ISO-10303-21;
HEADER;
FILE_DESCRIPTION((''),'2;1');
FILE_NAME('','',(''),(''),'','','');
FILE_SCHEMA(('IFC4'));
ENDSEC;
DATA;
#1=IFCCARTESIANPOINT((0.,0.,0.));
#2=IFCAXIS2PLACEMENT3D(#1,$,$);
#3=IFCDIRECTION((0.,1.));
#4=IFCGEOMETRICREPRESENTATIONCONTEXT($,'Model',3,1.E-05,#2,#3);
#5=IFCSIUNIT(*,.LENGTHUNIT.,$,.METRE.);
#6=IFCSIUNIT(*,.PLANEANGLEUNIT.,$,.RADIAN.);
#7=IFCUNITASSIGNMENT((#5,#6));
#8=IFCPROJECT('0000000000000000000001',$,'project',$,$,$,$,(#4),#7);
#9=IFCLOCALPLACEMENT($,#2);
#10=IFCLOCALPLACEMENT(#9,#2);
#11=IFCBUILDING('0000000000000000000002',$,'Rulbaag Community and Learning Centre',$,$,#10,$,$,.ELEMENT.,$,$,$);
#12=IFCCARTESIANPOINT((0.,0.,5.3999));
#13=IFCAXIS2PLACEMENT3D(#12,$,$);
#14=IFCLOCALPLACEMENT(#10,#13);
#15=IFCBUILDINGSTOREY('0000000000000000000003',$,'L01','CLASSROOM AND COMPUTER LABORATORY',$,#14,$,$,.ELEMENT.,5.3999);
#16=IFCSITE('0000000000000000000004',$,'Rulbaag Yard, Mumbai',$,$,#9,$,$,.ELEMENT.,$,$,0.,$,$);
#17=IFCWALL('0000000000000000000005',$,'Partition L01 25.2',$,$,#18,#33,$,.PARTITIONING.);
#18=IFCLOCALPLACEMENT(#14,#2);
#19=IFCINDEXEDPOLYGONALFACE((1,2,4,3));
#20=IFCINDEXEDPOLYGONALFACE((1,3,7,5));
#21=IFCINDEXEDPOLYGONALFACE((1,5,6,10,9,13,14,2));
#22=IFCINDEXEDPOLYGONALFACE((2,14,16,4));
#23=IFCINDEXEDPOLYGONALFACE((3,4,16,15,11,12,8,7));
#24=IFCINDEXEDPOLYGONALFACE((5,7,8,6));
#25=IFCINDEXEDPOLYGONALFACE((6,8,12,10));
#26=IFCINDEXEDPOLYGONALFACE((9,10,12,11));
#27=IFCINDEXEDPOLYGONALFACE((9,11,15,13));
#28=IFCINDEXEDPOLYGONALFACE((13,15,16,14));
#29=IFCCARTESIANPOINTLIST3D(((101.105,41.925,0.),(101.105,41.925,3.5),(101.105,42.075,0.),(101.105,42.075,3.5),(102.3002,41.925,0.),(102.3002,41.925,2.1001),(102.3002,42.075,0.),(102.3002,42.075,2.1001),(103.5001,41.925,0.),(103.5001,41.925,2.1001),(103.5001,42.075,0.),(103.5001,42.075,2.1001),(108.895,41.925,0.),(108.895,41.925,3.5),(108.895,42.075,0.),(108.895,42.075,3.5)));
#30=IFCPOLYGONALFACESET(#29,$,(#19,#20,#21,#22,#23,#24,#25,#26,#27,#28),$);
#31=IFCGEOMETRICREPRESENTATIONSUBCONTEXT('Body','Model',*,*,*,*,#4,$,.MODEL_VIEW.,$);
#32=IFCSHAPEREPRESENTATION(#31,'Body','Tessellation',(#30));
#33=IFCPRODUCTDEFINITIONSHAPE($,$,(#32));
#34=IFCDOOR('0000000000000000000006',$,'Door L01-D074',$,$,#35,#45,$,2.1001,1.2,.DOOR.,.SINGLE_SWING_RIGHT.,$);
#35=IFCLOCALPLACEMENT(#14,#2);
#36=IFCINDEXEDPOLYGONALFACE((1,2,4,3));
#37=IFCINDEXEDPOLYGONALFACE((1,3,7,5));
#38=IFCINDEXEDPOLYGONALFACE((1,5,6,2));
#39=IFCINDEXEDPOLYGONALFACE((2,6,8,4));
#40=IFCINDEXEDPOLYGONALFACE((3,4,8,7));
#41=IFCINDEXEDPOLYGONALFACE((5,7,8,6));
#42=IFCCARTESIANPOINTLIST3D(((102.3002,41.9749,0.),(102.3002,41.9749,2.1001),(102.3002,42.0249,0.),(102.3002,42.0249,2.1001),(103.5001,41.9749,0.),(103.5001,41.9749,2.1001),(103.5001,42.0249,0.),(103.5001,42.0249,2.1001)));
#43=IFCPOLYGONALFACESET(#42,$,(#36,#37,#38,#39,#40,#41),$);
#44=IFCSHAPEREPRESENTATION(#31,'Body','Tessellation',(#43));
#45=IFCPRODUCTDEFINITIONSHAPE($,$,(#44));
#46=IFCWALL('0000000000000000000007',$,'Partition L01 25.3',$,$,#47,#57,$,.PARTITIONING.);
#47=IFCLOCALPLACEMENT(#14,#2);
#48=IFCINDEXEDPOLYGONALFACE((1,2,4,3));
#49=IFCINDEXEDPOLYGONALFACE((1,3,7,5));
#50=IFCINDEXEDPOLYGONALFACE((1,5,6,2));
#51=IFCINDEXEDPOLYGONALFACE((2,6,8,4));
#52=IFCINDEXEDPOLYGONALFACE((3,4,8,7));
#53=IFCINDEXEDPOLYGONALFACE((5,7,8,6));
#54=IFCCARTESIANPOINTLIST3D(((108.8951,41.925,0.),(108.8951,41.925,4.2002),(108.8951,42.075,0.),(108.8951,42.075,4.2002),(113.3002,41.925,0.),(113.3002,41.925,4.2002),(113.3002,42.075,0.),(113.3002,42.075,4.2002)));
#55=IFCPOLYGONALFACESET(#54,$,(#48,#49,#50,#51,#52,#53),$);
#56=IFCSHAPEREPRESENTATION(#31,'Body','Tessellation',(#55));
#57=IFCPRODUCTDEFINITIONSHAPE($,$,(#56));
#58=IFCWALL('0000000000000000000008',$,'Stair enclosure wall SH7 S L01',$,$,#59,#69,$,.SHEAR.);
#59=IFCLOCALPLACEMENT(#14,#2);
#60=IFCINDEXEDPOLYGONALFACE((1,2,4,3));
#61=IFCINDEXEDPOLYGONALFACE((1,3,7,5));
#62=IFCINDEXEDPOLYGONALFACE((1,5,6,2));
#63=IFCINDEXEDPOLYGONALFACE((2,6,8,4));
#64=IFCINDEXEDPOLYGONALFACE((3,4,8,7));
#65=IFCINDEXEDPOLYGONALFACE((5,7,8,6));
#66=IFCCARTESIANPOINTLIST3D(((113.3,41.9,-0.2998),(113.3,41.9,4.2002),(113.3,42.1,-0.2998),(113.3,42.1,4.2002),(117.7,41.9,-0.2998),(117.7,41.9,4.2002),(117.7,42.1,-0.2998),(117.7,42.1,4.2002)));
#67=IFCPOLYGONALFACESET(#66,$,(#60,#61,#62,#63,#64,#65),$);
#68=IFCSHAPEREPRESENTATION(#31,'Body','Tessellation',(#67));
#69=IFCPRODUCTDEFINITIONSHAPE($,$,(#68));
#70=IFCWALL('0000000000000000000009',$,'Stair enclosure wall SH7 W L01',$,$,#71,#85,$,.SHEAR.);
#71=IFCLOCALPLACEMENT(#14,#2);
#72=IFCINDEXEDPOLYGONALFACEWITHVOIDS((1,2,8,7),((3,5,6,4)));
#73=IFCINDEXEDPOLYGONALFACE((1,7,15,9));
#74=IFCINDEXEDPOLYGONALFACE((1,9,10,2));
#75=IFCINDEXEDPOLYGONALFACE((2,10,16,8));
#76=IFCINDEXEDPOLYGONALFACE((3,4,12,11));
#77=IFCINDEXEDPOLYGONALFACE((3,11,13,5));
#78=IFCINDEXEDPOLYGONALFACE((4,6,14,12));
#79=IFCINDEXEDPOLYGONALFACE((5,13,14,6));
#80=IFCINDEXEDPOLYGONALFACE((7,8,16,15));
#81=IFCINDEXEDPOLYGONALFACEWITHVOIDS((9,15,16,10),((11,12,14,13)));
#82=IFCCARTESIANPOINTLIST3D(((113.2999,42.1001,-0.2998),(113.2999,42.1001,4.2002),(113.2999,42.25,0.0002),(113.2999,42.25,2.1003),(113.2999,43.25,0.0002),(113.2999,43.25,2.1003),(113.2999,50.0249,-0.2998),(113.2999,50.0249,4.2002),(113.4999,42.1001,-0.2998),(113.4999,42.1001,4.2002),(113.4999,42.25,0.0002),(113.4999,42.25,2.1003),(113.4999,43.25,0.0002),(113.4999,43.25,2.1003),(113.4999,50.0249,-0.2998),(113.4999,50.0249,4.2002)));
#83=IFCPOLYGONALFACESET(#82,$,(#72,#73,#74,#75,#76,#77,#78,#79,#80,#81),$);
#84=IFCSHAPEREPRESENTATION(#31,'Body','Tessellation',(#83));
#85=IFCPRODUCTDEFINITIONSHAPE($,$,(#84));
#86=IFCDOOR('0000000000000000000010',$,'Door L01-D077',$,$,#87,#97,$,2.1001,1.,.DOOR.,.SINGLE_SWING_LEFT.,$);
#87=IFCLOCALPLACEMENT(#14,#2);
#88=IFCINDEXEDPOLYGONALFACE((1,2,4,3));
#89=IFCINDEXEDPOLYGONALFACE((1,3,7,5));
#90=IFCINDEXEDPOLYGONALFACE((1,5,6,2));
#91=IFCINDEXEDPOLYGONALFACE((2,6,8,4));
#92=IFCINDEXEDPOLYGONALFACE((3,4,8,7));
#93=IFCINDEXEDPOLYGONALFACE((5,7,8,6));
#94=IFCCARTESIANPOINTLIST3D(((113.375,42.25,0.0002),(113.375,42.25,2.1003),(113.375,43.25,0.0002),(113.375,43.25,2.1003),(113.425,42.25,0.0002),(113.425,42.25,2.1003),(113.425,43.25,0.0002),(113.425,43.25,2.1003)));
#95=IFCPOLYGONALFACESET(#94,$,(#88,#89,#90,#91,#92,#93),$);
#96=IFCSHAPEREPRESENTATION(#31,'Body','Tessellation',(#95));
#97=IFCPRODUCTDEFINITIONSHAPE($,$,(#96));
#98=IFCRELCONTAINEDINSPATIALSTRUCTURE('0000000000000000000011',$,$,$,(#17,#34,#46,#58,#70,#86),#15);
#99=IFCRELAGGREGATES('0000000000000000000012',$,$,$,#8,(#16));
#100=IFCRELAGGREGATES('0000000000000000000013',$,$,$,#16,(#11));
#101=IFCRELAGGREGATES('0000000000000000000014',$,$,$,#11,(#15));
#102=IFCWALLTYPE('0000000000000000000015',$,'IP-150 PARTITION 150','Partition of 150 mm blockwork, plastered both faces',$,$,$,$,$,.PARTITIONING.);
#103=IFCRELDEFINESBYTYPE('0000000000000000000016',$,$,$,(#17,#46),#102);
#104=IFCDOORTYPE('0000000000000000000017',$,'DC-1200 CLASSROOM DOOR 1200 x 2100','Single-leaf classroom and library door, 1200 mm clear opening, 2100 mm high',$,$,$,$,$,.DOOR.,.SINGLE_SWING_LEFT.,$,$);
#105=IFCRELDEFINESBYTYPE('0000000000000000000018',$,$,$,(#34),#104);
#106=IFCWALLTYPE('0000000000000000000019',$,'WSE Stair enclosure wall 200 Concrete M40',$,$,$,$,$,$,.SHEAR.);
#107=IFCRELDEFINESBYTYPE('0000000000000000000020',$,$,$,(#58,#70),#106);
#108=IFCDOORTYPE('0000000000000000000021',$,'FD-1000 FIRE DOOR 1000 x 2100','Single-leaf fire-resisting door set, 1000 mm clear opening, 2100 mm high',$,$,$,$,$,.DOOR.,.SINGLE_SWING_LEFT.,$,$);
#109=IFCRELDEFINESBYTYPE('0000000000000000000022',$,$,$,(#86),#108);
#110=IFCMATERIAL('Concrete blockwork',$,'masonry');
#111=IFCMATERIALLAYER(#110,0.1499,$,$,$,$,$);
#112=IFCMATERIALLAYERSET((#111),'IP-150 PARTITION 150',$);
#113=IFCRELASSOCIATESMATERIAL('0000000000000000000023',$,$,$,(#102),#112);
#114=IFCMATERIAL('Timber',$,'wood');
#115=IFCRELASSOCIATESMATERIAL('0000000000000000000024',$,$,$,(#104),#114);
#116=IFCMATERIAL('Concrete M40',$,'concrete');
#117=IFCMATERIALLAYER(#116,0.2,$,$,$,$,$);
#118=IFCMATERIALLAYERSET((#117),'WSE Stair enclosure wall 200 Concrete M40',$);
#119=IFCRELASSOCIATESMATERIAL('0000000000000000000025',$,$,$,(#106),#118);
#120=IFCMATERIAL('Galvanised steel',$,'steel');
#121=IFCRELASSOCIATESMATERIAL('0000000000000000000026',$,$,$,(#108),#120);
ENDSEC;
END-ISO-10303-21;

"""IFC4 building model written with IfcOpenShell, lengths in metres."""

from ifc_helpers import new_model, si_unit, direction, frame, frame_2d, origin, place, context, subcontext, project, spatial, rectangle, extrude, material, layer, layer_set, type_object, element, fill, save


model = new_model("IFC4")

# Units and contexts
model_context = context("Model", 3, precision=1e-05, world=origin(), true_north=direction((0.0, 1.0)))
body_context = subcontext(model_context, "Body", "Model", "MODEL_VIEW")
ifc_project = project(units=[si_unit("LENGTHUNIT", "METRE"), si_unit("PLANEANGLEUNIT", "RADIAN")], contexts=[model_context])

# Site, building, storey
site_placement = place(None, origin())
site = spatial("IfcSite", under=ifc_project, at=site_placement, Name="Rulbaag Yard, Mumbai", CompositionType="ELEMENT", RefElevation=0.0)
building_placement = place(site_placement, origin())
building = spatial("IfcBuilding", under=site, at=building_placement, Name="Rulbaag Community and Learning Centre", CompositionType="ELEMENT")
storey_placement = place(building_placement, frame((0.0, 0.0, 5.3999)))
storey = spatial("IfcBuildingStorey", under=building, at=storey_placement, Name="L01", Description="CLASSROOM AND COMPUTER LABORATORY", CompositionType="ELEMENT", Elevation=5.3999)

# Shared definitions
ifc_material_1 = material(Name="Concrete M40", Category="concrete")

# Shared definitions
ifc_material_2 = material(Name="Concrete blockwork", Category="masonry")
ifc_layer_1 = layer(ifc_material_2, 0.1499)
ifc_layer_set_1 = layer_set([ifc_layer_1], Name="IP-150 PARTITION 150")
wall_type_1 = type_object("IfcWallType", Name="IP-150 PARTITION 150", Description="Partition of 150 mm blockwork, plastered both faces", PredefinedType="PARTITIONING", material=ifc_layer_set_1)

# Wall, opening, door
wall_1_placement = place(storey_placement, frame((101.105, 42.0, 0.0), z_axis=(0.0, 0.0, 1.0), x_axis=(1.0, 0.0, 0.0)))
wall_1 = element("IfcWall", 1, at=wall_1_placement, inside=storey, type_object=wall_type_1, Name="Partition L01 25.2", PredefinedType="PARTITIONING", context=body_context, shape_type="SweptSolid", body=[
    extrude(rectangle(XDim=7.79, YDim=0.1499, at=frame_2d((3.895, 0.0))), origin(), (0.0, 0.0, 1.0), 3.5),
])
opening_1_placement = place(wall_1_placement, frame((1.1951, 0.0, 0.0)))
opening_1 = element("IfcOpeningElement", 2, at=opening_1_placement, cuts=wall_1, PredefinedType="OPENING", context=body_context, shape_type="SweptSolid", body=[
    extrude(rectangle(XDim=1.2, YDim=2.1001, at=frame_2d((0.6001, 1.05))), frame((0.0, 0.085, 0.0), z_axis=(0.0, -1.0, 0.0), x_axis=(1.0, 0.0, 0.0)), (0.0, 0.0, 1.0), 0.1699),
])
ifc_material_3 = material(Name="Timber", Category="wood")
door_type_1 = type_object("IfcDoorType", Name="DC-1200 CLASSROOM DOOR 1200 x 2100", Description="Single-leaf classroom and library door, 1200 mm clear opening, 2100 mm high", OperationType="SINGLE_SWING_LEFT", PredefinedType="DOOR", material=ifc_material_3)
door_1_placement = place(opening_1_placement, origin())
door_1 = element("IfcDoor", 3, at=door_1_placement, inside=storey, type_object=door_type_1, Name="Door L01-D074", OperationType="SINGLE_SWING_RIGHT", OverallHeight=2.1001, OverallWidth=1.2, PredefinedType="DOOR", context=body_context, shape_type="SweptSolid", body=[
    extrude(rectangle(XDim=1.2, YDim=2.1001, at=frame_2d((0.6001, 1.05))), frame((0.0, 0.0249, 0.0), z_axis=(0.0, -1.0, 0.0), x_axis=(1.0, 0.0, 0.0)), (0.0, 0.0, 1.0), 0.05),
])
fill(opening_1, door_1)

# Walls
wall_2_placement = place(storey_placement, frame((108.895, 42.0, 0.0), z_axis=(0.0, 0.0, 1.0), x_axis=(1.0, 0.0, 0.0)))
element("IfcWall", 4, at=wall_2_placement, inside=storey, type_object=wall_type_1, Name="Partition L01 25.3", PredefinedType="PARTITIONING", context=body_context, shape_type="SweptSolid", body=[
    extrude(rectangle(XDim=4.405, YDim=0.1499, at=frame_2d((2.2026, 0.0))), origin(), (0.0, 0.0, 1.0), 4.2002),
])
ifc_layer_2 = layer(ifc_material_1, 0.2)
ifc_layer_set_2 = layer_set([ifc_layer_2], Name="WSE Stair enclosure wall 200 Concrete M40")
wall_type_2 = type_object("IfcWallType", Name="WSE Stair enclosure wall 200 Concrete M40", PredefinedType="SHEAR", material=ifc_layer_set_2)
wall_3_placement = place(storey_placement, frame((113.3, 42.0, -0.2998), z_axis=(0.0, 0.0, 1.0), x_axis=(1.0, 0.0, 0.0)))
element("IfcWall", 5, at=wall_3_placement, inside=storey, type_object=wall_type_2, Name="Stair enclosure wall SH7 S L01", PredefinedType="SHEAR", context=body_context, shape_type="SweptSolid", body=[
    extrude(rectangle(XDim=4.3999, YDim=0.2, at=frame_2d((2.2, 0.0))), origin(), (0.0, 0.0, 1.0), 4.5),
])

# Wall, opening, door
wall_4_placement = place(storey_placement, frame((113.3999, 42.1001, -0.2998), z_axis=(0.0, 0.0, 1.0), x_axis=(0.0, 1.0, 0.0)))
wall_4 = element("IfcWall", 6, at=wall_4_placement, inside=storey, type_object=wall_type_2, Name="Stair enclosure wall SH7 W L01", PredefinedType="SHEAR", context=body_context, shape_type="SweptSolid", body=[
    extrude(rectangle(XDim=7.9248, YDim=0.2, at=frame_2d((3.9624, 0.0))), origin(), (0.0, 0.0, 1.0), 4.5),
])
opening_2_placement = place(wall_4_placement, frame((0.1499, 0.0, 0.3)))
opening_2 = element("IfcOpeningElement", 7, at=opening_2_placement, cuts=wall_4, PredefinedType="OPENING", context=body_context, shape_type="SweptSolid", body=[
    extrude(rectangle(XDim=1.0, YDim=2.1001, at=frame_2d((0.5, 1.05))), frame((0.0, 0.1099, 0.0), z_axis=(0.0, -1.0, 0.0), x_axis=(1.0, 0.0, 0.0)), (0.0, 0.0, 1.0), 0.22),
])
ifc_material_4 = material(Name="Galvanised steel", Category="steel")
door_type_2 = type_object("IfcDoorType", Name="FD-1000 FIRE DOOR 1000 x 2100", Description="Single-leaf fire-resisting door set, 1000 mm clear opening, 2100 mm high", OperationType="SINGLE_SWING_LEFT", PredefinedType="DOOR", material=ifc_material_4)
door_2_placement = place(opening_2_placement, origin())
door_2 = element("IfcDoor", 8, at=door_2_placement, inside=storey, type_object=door_type_2, Name="Door L01-D077", OperationType="SINGLE_SWING_LEFT", OverallHeight=2.1001, OverallWidth=1.0, PredefinedType="DOOR", context=body_context, shape_type="SweptSolid", body=[
    extrude(rectangle(XDim=1.0, YDim=2.1001, at=frame_2d((0.5, 1.05))), frame((0.0, 0.0249, 0.0), z_axis=(0.0, -1.0, 0.0), x_axis=(1.0, 0.0, 0.0)), (0.0, 0.0, 1.0), 0.05),
])
fill(opening_2, door_2)

save(model, "model.ifc")
